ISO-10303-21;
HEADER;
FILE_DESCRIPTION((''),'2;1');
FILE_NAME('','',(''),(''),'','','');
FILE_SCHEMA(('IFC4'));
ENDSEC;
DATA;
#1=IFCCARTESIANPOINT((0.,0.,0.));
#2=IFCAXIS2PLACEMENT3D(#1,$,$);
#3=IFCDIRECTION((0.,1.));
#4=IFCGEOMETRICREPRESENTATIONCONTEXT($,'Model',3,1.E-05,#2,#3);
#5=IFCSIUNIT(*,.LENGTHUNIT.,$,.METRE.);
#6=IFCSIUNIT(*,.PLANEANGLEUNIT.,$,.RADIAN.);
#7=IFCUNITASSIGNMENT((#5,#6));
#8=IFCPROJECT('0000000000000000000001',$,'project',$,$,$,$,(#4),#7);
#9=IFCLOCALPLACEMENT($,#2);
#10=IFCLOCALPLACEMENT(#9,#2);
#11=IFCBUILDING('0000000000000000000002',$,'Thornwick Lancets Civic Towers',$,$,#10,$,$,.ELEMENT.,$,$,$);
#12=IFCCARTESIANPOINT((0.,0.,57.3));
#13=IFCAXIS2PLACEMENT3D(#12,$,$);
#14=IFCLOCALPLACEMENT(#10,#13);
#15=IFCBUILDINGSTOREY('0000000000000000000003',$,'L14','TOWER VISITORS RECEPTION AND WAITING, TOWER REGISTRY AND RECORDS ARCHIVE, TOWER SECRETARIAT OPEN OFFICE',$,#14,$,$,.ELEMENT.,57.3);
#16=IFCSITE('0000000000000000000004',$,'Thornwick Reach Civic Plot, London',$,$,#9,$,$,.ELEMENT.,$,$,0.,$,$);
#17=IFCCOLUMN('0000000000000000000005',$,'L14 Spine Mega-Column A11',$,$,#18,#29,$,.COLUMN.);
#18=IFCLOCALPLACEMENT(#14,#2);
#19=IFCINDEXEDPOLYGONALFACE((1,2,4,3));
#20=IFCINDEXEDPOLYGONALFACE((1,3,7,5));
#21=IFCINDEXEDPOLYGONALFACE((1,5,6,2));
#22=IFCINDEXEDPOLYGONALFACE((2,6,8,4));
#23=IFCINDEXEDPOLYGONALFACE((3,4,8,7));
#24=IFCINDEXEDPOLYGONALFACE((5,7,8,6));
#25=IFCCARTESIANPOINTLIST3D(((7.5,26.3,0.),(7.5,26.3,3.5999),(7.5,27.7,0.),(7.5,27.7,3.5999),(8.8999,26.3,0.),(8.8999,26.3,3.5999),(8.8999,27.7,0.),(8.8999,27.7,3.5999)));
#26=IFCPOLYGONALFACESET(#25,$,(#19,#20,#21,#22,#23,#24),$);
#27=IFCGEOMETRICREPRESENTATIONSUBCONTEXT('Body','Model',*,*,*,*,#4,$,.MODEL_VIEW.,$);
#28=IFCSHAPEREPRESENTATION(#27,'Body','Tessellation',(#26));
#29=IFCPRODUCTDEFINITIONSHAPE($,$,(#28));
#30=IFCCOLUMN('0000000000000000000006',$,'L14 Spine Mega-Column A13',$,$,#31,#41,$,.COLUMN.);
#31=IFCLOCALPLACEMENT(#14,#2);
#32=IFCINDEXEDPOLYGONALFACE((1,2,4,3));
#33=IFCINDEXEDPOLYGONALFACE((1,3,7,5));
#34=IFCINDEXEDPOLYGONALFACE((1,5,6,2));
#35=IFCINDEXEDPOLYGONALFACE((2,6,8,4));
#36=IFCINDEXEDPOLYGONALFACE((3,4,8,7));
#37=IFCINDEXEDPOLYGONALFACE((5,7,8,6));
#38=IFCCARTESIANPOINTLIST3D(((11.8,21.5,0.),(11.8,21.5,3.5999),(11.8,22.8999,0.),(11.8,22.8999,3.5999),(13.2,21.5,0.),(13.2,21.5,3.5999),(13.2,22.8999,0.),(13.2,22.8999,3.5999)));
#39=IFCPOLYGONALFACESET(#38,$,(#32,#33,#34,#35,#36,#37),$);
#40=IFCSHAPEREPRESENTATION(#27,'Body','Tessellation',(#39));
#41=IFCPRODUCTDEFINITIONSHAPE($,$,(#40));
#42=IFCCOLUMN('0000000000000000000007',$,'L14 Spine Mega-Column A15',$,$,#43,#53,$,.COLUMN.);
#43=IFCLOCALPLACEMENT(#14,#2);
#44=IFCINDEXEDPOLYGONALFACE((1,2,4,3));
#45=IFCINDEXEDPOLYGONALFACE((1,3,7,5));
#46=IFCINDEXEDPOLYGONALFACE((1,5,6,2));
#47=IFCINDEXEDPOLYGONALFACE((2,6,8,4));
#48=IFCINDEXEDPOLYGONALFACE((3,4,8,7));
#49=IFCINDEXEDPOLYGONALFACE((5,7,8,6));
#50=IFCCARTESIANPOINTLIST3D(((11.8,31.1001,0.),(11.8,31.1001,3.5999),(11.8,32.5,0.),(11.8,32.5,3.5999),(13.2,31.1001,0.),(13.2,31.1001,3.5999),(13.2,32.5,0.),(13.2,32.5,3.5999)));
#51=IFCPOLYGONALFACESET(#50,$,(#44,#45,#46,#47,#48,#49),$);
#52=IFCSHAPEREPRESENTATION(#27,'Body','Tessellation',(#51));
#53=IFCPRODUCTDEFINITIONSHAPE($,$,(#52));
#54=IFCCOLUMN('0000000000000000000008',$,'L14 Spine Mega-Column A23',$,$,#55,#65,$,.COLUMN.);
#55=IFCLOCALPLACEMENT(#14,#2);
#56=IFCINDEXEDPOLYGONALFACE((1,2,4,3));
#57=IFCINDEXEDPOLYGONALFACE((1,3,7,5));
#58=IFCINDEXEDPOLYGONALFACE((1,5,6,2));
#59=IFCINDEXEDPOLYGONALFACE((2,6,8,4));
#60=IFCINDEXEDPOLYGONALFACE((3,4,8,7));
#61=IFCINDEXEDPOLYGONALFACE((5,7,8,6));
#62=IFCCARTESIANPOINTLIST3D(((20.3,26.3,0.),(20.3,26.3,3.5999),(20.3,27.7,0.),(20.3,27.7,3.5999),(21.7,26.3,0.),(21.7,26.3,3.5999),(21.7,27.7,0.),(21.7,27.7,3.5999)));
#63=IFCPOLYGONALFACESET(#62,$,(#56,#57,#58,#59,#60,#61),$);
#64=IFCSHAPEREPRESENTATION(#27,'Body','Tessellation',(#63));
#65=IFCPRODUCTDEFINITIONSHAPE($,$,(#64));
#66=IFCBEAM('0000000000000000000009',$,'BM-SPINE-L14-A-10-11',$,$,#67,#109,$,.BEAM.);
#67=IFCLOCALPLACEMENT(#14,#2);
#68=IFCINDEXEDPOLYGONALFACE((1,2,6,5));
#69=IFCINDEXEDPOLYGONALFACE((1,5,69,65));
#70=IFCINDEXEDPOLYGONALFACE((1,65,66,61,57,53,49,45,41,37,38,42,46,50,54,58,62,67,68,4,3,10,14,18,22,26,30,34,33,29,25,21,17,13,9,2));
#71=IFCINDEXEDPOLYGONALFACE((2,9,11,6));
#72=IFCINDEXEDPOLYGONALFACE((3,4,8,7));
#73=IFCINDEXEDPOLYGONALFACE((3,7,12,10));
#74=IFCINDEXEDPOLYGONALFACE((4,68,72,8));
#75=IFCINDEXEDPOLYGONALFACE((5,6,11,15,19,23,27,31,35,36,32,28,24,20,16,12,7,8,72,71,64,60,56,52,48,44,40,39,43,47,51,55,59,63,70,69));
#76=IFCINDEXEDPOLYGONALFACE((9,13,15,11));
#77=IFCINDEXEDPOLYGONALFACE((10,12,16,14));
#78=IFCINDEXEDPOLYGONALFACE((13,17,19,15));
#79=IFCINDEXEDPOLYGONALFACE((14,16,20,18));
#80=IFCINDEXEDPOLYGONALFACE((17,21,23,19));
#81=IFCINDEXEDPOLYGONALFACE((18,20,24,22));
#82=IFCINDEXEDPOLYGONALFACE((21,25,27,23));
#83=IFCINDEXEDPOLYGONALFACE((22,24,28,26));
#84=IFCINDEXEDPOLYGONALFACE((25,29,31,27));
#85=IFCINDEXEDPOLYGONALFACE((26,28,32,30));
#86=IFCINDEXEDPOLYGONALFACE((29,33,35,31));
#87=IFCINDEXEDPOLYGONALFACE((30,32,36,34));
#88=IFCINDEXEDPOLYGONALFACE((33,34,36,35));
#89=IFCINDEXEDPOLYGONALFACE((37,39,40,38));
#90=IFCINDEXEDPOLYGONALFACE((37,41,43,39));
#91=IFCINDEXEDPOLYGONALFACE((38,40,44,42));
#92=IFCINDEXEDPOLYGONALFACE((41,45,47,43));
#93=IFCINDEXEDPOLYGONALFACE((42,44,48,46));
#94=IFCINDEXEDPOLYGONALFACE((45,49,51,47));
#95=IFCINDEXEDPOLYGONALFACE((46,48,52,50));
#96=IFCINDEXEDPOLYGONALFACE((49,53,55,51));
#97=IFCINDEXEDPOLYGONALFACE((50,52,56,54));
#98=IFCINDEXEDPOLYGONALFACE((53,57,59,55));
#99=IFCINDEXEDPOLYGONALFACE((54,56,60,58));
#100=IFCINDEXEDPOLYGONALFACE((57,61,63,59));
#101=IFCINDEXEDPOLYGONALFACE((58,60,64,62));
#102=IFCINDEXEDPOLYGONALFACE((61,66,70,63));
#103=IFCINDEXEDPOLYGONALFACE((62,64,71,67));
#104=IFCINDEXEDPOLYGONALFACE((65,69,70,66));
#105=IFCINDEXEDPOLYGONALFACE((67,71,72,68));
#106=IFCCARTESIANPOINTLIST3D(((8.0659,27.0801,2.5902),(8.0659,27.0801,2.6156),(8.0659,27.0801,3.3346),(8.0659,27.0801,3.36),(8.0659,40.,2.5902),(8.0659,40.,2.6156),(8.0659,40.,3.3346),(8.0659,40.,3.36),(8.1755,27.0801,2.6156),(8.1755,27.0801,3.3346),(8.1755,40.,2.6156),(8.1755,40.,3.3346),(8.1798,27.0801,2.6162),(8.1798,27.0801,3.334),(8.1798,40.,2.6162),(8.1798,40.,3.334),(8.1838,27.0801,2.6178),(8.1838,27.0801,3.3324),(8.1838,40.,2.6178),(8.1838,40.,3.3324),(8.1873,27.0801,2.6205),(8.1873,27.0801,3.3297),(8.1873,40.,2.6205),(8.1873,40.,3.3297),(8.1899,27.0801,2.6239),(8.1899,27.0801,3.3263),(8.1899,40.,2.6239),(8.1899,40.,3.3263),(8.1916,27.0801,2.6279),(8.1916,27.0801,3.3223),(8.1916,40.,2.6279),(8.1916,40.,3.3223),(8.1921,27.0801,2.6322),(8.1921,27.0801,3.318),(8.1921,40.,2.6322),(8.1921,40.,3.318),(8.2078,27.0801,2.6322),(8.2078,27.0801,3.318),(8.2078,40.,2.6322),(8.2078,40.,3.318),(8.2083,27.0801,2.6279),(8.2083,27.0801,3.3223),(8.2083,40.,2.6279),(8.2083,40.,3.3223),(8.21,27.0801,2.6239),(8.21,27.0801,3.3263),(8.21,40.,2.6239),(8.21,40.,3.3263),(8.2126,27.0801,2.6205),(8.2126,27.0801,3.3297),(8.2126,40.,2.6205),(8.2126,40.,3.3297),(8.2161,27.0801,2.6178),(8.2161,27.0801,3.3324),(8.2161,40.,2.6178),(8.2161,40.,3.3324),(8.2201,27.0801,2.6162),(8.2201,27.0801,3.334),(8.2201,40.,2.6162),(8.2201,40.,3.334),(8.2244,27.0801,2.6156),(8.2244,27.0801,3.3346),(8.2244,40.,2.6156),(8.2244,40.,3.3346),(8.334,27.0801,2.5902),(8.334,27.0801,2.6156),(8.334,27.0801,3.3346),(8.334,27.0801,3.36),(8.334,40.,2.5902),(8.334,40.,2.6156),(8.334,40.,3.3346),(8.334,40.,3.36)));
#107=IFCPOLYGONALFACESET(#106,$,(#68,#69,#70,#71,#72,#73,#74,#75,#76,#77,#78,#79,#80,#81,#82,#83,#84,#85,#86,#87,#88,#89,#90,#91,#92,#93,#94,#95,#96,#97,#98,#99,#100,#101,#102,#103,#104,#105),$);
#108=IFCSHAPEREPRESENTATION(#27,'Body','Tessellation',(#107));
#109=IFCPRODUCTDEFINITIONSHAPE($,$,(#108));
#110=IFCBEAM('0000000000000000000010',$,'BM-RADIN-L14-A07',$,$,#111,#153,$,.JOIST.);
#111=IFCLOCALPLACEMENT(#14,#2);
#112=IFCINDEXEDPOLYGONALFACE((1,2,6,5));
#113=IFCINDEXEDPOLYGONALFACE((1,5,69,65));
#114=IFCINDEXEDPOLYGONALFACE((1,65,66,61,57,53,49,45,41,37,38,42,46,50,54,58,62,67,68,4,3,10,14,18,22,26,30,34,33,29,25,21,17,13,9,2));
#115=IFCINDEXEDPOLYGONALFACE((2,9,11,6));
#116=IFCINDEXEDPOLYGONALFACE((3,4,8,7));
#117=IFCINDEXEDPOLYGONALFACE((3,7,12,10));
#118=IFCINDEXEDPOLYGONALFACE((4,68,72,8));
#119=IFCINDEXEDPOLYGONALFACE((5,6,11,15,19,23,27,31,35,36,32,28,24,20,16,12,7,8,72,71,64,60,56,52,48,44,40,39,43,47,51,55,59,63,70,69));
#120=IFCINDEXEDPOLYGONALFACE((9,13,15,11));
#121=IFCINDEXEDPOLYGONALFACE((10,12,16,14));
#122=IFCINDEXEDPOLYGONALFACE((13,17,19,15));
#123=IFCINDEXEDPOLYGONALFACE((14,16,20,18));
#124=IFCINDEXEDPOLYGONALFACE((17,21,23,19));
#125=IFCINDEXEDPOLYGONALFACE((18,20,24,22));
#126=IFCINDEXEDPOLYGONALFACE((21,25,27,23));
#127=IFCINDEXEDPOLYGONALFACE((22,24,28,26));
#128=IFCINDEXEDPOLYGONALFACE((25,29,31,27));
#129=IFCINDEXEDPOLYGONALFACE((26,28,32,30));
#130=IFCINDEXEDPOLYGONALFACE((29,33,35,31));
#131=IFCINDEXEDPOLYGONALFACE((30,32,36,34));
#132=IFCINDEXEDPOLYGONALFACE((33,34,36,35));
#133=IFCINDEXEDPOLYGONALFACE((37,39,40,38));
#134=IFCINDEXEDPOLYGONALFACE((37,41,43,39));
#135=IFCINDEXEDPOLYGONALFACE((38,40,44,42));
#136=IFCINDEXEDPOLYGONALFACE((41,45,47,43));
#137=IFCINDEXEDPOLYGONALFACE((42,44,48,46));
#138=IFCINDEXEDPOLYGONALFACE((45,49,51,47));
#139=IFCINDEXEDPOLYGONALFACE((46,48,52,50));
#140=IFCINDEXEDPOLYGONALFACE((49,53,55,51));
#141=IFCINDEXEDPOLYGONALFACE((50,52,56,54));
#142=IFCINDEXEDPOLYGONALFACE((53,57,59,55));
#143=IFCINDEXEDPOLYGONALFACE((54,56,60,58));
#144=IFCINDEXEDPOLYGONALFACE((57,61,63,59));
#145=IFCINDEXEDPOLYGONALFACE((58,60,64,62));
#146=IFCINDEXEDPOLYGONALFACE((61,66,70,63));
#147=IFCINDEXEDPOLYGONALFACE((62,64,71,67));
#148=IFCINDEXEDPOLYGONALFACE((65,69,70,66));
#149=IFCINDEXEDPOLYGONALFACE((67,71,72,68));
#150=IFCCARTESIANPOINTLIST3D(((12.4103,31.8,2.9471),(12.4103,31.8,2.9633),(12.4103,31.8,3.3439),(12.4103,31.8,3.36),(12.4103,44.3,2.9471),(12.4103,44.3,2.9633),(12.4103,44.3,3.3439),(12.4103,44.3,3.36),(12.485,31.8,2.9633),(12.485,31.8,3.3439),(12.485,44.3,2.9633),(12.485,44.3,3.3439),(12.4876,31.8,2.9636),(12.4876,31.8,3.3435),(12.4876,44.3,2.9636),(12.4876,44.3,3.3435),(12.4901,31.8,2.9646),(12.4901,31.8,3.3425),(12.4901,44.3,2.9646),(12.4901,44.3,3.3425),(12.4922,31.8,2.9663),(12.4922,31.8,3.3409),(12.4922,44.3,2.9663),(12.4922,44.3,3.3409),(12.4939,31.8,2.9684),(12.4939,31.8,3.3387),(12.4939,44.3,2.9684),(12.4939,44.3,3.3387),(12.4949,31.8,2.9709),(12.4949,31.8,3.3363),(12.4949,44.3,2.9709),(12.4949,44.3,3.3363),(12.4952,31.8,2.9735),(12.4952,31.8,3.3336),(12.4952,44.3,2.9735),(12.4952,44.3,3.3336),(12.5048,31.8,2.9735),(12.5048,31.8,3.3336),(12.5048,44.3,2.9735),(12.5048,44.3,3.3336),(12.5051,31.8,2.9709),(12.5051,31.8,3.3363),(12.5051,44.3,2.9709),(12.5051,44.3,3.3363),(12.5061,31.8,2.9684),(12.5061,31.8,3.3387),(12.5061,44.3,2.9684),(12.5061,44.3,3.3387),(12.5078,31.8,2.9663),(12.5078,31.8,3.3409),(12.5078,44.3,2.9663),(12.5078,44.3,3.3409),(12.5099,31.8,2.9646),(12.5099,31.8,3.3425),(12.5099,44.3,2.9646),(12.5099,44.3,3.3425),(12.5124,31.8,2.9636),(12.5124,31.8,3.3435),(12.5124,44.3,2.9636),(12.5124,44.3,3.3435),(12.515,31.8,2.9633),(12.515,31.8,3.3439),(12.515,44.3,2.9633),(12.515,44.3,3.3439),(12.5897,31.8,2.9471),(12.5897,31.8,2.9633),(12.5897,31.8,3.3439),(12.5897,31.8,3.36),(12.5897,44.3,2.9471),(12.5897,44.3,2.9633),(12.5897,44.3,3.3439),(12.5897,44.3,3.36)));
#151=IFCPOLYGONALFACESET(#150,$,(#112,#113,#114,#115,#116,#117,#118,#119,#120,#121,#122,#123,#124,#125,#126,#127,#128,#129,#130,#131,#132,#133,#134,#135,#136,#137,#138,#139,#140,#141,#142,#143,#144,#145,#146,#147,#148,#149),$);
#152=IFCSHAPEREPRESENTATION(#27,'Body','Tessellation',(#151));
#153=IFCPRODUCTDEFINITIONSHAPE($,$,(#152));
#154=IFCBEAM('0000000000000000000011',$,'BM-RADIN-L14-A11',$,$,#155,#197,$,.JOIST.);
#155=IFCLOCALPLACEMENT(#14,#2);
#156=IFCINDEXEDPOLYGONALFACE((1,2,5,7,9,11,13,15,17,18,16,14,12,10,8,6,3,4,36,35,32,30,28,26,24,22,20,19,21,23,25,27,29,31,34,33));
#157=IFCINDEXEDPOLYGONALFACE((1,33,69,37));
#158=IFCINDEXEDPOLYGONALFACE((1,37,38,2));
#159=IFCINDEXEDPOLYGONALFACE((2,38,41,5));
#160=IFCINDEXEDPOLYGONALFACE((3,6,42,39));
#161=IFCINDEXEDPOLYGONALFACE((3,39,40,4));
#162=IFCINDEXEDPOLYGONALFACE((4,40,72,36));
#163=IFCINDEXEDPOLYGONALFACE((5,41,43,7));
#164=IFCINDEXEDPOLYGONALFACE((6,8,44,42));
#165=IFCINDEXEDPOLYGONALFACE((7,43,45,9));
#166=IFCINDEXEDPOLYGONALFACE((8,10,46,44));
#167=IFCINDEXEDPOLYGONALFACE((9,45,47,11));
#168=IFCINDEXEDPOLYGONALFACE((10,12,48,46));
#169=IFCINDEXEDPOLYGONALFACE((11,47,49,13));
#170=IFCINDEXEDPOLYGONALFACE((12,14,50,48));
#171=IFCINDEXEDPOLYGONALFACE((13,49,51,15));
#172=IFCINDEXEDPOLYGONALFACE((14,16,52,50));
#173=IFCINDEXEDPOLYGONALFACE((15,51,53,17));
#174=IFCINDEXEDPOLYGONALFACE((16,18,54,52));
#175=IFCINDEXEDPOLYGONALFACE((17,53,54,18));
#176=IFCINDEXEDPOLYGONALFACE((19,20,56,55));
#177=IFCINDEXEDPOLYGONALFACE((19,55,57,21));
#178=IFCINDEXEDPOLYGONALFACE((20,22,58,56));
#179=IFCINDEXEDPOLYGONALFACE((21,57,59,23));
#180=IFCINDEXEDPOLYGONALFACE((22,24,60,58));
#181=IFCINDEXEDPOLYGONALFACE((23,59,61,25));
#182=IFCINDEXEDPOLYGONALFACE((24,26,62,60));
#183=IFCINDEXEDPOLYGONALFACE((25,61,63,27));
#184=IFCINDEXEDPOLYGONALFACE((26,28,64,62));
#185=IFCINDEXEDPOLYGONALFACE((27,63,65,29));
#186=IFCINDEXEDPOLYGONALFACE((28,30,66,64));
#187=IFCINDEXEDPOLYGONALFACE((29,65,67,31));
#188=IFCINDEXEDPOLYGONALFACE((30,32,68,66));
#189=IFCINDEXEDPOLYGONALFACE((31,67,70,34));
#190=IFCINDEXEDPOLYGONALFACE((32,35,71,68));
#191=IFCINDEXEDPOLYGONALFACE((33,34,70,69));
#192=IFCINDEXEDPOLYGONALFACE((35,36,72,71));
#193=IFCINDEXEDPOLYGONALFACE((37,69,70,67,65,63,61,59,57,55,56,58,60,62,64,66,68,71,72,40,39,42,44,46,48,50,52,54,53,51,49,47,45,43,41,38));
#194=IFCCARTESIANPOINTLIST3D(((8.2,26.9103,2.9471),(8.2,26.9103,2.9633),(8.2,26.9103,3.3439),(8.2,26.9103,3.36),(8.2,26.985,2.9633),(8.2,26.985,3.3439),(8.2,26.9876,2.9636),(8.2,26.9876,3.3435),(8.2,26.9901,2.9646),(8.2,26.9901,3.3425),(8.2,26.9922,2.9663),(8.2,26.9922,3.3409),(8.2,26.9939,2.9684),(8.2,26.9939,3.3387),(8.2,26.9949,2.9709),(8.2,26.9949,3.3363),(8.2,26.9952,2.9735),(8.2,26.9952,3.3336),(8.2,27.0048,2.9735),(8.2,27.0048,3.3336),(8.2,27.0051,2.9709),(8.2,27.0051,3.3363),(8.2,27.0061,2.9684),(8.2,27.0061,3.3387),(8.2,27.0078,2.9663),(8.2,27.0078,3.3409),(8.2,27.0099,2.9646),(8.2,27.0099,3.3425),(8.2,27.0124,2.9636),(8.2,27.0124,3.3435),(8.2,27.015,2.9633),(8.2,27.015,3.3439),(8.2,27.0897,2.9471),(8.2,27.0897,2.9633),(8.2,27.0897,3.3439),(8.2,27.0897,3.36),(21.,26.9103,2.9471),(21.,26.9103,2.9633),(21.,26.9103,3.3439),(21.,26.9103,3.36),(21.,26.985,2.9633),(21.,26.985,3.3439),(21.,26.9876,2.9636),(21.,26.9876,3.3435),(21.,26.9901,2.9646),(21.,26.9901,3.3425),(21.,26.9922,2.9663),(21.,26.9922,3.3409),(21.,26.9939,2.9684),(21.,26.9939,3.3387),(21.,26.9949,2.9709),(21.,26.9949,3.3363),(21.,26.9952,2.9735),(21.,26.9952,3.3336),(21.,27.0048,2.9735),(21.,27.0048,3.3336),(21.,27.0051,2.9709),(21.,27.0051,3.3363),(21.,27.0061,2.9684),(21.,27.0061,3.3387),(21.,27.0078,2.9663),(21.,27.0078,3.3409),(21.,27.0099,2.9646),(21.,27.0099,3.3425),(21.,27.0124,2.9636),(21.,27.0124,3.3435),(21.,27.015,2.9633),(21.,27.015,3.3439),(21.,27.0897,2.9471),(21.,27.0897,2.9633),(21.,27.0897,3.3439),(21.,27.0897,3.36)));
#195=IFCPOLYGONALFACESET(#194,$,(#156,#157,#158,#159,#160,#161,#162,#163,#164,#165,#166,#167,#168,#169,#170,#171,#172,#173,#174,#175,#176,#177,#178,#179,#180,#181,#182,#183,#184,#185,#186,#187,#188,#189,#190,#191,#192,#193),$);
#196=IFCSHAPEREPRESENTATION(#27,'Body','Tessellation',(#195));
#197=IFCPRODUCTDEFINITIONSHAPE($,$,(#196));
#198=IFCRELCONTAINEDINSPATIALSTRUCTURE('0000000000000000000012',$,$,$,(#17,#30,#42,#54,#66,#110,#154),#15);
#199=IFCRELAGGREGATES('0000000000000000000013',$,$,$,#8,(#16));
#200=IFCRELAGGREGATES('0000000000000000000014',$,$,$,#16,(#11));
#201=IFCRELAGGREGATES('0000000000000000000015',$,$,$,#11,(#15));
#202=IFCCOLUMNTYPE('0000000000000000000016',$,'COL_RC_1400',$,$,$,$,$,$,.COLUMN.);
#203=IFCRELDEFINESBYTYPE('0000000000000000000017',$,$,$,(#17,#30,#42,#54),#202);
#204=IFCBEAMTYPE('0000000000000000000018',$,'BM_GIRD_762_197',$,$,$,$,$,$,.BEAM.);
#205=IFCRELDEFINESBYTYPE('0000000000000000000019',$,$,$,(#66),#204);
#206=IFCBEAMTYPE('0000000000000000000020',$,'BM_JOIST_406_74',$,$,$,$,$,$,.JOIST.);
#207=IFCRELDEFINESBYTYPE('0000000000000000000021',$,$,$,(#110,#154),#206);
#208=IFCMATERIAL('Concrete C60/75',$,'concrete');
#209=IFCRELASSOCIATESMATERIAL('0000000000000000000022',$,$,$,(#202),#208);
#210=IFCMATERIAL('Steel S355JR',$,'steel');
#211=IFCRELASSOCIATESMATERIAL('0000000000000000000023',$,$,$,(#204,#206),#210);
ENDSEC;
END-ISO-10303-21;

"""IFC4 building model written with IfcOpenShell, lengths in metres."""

from ifc_helpers import new_model, si_unit, direction, frame, origin, origin_2d, place, context, subcontext, project, spatial, rectangle, i_section, extrude, material, material_profile, profile_set, type_object, element, save


model = new_model("IFC4")

# Units and contexts
model_context = context("Model", 3, precision=1e-05, world=origin(), true_north=direction((0.0, 1.0)))
body_context = subcontext(model_context, "Body", "Model", "MODEL_VIEW")
ifc_project = project(units=[si_unit("LENGTHUNIT", "METRE"), si_unit("PLANEANGLEUNIT", "RADIAN")], contexts=[model_context])

# Site, building, storey
site_placement = place(None, origin())
site = spatial("IfcSite", under=ifc_project, at=site_placement, Name="Thornwick Reach Civic Plot, London", CompositionType="ELEMENT", RefElevation=0.0)
building_placement = place(site_placement, origin())
building = spatial("IfcBuilding", under=site, at=building_placement, Name="Thornwick Lancets Civic Towers", CompositionType="ELEMENT")
storey_placement = place(building_placement, frame((0.0, 0.0, 57.3)))
storey = spatial("IfcBuildingStorey", under=building, at=storey_placement, Name="L14", Description="TOWER VISITORS RECEPTION AND WAITING, TOWER REGISTRY AND RECORDS ARCHIVE, TOWER SECRETARIAT OPEN OFFICE", CompositionType="ELEMENT", Elevation=57.3)

# Columns
ifc_material_1 = material(Name="Concrete C60/75", Category="concrete")
ifc_material_profile_1 = material_profile(ifc_material_1, rectangle(XDim=1.3999, YDim=1.3999, at=origin_2d()), Name="RC 1400x1400")
ifc_profile_set_1 = profile_set([ifc_material_profile_1], Name="Concrete C60/75")
column_type = type_object("IfcColumnType", Name="COL_RC_1400", PredefinedType="COLUMN", material=ifc_profile_set_1)
for number, where, z_axis, x_axis, name in (
    (1, (8.2, 27.0, 0.0), (0.0, 0.0, 1.0), (1.0, 0.0, 0.0), "L14 Spine Mega-Column A11"),
    (2, (12.5, 22.2, 0.0), (0.0, 0.0, 1.0), (1.0, 0.0, 0.0), "L14 Spine Mega-Column A13"),
    (3, (12.5, 31.8, 0.0), (0.0, 0.0, 1.0), (1.0, 0.0, 0.0), "L14 Spine Mega-Column A15"),
    (4, (21.0, 27.0, 0.0), (0.0, 0.0, 1.0), (1.0, 0.0, 0.0), "L14 Spine Mega-Column A23"),
):
    element("IfcColumn", number, at=place(storey_placement, frame(where, z_axis=z_axis, x_axis=x_axis)), inside=storey, type_object=column_type, Name=name, PredefinedType="COLUMN", context=body_context, shape_type="SweptSolid", body=[
        extrude(rectangle(XDim=1.3999, YDim=1.3999, at=origin_2d()), origin(), (0.0, 0.0, 1.0), 3.5999),
    ])

# Beams
ifc_material_2 = material(Name="Steel S355JR", Category="steel")
ifc_material_profile_2 = material_profile(ifc_material_2, i_section(OverallWidth=0.2681, OverallDepth=0.7698, WebThickness=0.0156, FlangeThickness=0.0254, FilletRadius=0.0166, at=origin_2d()), Name="UKB 762x267x197")
ifc_profile_set_2 = profile_set([ifc_material_profile_2], Name="Steel S355JR")
beam_type_1 = type_object("IfcBeamType", Name="BM_GIRD_762_197", PredefinedType="BEAM", material=ifc_profile_set_2)
beam_1_placement = place(storey_placement, frame((8.2, 27.0801, 2.9751), z_axis=(0.0, 1.0, 0.0), x_axis=(-1.0, 0.0, 0.0)))
element("IfcBeam", 5, at=beam_1_placement, inside=storey, type_object=beam_type_1, Name="BM-SPINE-L14-A-10-11", PredefinedType="BEAM", context=body_context, shape_type="SweptSolid", body=[
    extrude(i_section(OverallWidth=0.2681, OverallDepth=0.7698, WebThickness=0.0156, FlangeThickness=0.0254, FilletRadius=0.0166, at=origin_2d()), origin(), (0.0, 0.0, 1.0), 12.9199),
])
ifc_material_profile_3 = material_profile(ifc_material_2, i_section(OverallWidth=0.1794, OverallDepth=0.4128, WebThickness=0.0095, FlangeThickness=0.0161, FilletRadius=0.0103, at=origin_2d()), Name="UKB 406x178x74")
ifc_profile_set_3 = profile_set([ifc_material_profile_3], Name="Steel S355JR")
beam_type_2 = type_object("IfcBeamType", Name="BM_JOIST_406_74", PredefinedType="JOIST", material=ifc_profile_set_3)
beam_2_placement = place(storey_placement, frame((12.5, 31.8, 3.1536), z_axis=(0.0, 1.0, 0.0), x_axis=(-1.0, 0.0, 0.0)))
element("IfcBeam", 6, at=beam_2_placement, inside=storey, type_object=beam_type_2, Name="BM-RADIN-L14-A07", PredefinedType="JOIST", context=body_context, shape_type="SweptSolid", body=[
    extrude(i_section(OverallWidth=0.1794, OverallDepth=0.4128, WebThickness=0.0095, FlangeThickness=0.0161, FilletRadius=0.0103, at=origin_2d()), origin(), (0.0, 0.0, 1.0), 12.5),
])
beam_3_placement = place(storey_placement, frame((21.0, 27.0, 3.1536), z_axis=(-1.0, 0.0, 0.0), x_axis=(0.0, -1.0, 0.0)))
element("IfcBeam", 7, at=beam_3_placement, inside=storey, type_object=beam_type_2, Name="BM-RADIN-L14-A11", PredefinedType="JOIST", context=body_context, shape_type="SweptSolid", body=[
    extrude(i_section(OverallWidth=0.1794, OverallDepth=0.4128, WebThickness=0.0095, FlangeThickness=0.0161, FilletRadius=0.0103, at=origin_2d()), origin(), (0.0, 0.0, 1.0), 12.8),
])

save(model, "model.ifc")
